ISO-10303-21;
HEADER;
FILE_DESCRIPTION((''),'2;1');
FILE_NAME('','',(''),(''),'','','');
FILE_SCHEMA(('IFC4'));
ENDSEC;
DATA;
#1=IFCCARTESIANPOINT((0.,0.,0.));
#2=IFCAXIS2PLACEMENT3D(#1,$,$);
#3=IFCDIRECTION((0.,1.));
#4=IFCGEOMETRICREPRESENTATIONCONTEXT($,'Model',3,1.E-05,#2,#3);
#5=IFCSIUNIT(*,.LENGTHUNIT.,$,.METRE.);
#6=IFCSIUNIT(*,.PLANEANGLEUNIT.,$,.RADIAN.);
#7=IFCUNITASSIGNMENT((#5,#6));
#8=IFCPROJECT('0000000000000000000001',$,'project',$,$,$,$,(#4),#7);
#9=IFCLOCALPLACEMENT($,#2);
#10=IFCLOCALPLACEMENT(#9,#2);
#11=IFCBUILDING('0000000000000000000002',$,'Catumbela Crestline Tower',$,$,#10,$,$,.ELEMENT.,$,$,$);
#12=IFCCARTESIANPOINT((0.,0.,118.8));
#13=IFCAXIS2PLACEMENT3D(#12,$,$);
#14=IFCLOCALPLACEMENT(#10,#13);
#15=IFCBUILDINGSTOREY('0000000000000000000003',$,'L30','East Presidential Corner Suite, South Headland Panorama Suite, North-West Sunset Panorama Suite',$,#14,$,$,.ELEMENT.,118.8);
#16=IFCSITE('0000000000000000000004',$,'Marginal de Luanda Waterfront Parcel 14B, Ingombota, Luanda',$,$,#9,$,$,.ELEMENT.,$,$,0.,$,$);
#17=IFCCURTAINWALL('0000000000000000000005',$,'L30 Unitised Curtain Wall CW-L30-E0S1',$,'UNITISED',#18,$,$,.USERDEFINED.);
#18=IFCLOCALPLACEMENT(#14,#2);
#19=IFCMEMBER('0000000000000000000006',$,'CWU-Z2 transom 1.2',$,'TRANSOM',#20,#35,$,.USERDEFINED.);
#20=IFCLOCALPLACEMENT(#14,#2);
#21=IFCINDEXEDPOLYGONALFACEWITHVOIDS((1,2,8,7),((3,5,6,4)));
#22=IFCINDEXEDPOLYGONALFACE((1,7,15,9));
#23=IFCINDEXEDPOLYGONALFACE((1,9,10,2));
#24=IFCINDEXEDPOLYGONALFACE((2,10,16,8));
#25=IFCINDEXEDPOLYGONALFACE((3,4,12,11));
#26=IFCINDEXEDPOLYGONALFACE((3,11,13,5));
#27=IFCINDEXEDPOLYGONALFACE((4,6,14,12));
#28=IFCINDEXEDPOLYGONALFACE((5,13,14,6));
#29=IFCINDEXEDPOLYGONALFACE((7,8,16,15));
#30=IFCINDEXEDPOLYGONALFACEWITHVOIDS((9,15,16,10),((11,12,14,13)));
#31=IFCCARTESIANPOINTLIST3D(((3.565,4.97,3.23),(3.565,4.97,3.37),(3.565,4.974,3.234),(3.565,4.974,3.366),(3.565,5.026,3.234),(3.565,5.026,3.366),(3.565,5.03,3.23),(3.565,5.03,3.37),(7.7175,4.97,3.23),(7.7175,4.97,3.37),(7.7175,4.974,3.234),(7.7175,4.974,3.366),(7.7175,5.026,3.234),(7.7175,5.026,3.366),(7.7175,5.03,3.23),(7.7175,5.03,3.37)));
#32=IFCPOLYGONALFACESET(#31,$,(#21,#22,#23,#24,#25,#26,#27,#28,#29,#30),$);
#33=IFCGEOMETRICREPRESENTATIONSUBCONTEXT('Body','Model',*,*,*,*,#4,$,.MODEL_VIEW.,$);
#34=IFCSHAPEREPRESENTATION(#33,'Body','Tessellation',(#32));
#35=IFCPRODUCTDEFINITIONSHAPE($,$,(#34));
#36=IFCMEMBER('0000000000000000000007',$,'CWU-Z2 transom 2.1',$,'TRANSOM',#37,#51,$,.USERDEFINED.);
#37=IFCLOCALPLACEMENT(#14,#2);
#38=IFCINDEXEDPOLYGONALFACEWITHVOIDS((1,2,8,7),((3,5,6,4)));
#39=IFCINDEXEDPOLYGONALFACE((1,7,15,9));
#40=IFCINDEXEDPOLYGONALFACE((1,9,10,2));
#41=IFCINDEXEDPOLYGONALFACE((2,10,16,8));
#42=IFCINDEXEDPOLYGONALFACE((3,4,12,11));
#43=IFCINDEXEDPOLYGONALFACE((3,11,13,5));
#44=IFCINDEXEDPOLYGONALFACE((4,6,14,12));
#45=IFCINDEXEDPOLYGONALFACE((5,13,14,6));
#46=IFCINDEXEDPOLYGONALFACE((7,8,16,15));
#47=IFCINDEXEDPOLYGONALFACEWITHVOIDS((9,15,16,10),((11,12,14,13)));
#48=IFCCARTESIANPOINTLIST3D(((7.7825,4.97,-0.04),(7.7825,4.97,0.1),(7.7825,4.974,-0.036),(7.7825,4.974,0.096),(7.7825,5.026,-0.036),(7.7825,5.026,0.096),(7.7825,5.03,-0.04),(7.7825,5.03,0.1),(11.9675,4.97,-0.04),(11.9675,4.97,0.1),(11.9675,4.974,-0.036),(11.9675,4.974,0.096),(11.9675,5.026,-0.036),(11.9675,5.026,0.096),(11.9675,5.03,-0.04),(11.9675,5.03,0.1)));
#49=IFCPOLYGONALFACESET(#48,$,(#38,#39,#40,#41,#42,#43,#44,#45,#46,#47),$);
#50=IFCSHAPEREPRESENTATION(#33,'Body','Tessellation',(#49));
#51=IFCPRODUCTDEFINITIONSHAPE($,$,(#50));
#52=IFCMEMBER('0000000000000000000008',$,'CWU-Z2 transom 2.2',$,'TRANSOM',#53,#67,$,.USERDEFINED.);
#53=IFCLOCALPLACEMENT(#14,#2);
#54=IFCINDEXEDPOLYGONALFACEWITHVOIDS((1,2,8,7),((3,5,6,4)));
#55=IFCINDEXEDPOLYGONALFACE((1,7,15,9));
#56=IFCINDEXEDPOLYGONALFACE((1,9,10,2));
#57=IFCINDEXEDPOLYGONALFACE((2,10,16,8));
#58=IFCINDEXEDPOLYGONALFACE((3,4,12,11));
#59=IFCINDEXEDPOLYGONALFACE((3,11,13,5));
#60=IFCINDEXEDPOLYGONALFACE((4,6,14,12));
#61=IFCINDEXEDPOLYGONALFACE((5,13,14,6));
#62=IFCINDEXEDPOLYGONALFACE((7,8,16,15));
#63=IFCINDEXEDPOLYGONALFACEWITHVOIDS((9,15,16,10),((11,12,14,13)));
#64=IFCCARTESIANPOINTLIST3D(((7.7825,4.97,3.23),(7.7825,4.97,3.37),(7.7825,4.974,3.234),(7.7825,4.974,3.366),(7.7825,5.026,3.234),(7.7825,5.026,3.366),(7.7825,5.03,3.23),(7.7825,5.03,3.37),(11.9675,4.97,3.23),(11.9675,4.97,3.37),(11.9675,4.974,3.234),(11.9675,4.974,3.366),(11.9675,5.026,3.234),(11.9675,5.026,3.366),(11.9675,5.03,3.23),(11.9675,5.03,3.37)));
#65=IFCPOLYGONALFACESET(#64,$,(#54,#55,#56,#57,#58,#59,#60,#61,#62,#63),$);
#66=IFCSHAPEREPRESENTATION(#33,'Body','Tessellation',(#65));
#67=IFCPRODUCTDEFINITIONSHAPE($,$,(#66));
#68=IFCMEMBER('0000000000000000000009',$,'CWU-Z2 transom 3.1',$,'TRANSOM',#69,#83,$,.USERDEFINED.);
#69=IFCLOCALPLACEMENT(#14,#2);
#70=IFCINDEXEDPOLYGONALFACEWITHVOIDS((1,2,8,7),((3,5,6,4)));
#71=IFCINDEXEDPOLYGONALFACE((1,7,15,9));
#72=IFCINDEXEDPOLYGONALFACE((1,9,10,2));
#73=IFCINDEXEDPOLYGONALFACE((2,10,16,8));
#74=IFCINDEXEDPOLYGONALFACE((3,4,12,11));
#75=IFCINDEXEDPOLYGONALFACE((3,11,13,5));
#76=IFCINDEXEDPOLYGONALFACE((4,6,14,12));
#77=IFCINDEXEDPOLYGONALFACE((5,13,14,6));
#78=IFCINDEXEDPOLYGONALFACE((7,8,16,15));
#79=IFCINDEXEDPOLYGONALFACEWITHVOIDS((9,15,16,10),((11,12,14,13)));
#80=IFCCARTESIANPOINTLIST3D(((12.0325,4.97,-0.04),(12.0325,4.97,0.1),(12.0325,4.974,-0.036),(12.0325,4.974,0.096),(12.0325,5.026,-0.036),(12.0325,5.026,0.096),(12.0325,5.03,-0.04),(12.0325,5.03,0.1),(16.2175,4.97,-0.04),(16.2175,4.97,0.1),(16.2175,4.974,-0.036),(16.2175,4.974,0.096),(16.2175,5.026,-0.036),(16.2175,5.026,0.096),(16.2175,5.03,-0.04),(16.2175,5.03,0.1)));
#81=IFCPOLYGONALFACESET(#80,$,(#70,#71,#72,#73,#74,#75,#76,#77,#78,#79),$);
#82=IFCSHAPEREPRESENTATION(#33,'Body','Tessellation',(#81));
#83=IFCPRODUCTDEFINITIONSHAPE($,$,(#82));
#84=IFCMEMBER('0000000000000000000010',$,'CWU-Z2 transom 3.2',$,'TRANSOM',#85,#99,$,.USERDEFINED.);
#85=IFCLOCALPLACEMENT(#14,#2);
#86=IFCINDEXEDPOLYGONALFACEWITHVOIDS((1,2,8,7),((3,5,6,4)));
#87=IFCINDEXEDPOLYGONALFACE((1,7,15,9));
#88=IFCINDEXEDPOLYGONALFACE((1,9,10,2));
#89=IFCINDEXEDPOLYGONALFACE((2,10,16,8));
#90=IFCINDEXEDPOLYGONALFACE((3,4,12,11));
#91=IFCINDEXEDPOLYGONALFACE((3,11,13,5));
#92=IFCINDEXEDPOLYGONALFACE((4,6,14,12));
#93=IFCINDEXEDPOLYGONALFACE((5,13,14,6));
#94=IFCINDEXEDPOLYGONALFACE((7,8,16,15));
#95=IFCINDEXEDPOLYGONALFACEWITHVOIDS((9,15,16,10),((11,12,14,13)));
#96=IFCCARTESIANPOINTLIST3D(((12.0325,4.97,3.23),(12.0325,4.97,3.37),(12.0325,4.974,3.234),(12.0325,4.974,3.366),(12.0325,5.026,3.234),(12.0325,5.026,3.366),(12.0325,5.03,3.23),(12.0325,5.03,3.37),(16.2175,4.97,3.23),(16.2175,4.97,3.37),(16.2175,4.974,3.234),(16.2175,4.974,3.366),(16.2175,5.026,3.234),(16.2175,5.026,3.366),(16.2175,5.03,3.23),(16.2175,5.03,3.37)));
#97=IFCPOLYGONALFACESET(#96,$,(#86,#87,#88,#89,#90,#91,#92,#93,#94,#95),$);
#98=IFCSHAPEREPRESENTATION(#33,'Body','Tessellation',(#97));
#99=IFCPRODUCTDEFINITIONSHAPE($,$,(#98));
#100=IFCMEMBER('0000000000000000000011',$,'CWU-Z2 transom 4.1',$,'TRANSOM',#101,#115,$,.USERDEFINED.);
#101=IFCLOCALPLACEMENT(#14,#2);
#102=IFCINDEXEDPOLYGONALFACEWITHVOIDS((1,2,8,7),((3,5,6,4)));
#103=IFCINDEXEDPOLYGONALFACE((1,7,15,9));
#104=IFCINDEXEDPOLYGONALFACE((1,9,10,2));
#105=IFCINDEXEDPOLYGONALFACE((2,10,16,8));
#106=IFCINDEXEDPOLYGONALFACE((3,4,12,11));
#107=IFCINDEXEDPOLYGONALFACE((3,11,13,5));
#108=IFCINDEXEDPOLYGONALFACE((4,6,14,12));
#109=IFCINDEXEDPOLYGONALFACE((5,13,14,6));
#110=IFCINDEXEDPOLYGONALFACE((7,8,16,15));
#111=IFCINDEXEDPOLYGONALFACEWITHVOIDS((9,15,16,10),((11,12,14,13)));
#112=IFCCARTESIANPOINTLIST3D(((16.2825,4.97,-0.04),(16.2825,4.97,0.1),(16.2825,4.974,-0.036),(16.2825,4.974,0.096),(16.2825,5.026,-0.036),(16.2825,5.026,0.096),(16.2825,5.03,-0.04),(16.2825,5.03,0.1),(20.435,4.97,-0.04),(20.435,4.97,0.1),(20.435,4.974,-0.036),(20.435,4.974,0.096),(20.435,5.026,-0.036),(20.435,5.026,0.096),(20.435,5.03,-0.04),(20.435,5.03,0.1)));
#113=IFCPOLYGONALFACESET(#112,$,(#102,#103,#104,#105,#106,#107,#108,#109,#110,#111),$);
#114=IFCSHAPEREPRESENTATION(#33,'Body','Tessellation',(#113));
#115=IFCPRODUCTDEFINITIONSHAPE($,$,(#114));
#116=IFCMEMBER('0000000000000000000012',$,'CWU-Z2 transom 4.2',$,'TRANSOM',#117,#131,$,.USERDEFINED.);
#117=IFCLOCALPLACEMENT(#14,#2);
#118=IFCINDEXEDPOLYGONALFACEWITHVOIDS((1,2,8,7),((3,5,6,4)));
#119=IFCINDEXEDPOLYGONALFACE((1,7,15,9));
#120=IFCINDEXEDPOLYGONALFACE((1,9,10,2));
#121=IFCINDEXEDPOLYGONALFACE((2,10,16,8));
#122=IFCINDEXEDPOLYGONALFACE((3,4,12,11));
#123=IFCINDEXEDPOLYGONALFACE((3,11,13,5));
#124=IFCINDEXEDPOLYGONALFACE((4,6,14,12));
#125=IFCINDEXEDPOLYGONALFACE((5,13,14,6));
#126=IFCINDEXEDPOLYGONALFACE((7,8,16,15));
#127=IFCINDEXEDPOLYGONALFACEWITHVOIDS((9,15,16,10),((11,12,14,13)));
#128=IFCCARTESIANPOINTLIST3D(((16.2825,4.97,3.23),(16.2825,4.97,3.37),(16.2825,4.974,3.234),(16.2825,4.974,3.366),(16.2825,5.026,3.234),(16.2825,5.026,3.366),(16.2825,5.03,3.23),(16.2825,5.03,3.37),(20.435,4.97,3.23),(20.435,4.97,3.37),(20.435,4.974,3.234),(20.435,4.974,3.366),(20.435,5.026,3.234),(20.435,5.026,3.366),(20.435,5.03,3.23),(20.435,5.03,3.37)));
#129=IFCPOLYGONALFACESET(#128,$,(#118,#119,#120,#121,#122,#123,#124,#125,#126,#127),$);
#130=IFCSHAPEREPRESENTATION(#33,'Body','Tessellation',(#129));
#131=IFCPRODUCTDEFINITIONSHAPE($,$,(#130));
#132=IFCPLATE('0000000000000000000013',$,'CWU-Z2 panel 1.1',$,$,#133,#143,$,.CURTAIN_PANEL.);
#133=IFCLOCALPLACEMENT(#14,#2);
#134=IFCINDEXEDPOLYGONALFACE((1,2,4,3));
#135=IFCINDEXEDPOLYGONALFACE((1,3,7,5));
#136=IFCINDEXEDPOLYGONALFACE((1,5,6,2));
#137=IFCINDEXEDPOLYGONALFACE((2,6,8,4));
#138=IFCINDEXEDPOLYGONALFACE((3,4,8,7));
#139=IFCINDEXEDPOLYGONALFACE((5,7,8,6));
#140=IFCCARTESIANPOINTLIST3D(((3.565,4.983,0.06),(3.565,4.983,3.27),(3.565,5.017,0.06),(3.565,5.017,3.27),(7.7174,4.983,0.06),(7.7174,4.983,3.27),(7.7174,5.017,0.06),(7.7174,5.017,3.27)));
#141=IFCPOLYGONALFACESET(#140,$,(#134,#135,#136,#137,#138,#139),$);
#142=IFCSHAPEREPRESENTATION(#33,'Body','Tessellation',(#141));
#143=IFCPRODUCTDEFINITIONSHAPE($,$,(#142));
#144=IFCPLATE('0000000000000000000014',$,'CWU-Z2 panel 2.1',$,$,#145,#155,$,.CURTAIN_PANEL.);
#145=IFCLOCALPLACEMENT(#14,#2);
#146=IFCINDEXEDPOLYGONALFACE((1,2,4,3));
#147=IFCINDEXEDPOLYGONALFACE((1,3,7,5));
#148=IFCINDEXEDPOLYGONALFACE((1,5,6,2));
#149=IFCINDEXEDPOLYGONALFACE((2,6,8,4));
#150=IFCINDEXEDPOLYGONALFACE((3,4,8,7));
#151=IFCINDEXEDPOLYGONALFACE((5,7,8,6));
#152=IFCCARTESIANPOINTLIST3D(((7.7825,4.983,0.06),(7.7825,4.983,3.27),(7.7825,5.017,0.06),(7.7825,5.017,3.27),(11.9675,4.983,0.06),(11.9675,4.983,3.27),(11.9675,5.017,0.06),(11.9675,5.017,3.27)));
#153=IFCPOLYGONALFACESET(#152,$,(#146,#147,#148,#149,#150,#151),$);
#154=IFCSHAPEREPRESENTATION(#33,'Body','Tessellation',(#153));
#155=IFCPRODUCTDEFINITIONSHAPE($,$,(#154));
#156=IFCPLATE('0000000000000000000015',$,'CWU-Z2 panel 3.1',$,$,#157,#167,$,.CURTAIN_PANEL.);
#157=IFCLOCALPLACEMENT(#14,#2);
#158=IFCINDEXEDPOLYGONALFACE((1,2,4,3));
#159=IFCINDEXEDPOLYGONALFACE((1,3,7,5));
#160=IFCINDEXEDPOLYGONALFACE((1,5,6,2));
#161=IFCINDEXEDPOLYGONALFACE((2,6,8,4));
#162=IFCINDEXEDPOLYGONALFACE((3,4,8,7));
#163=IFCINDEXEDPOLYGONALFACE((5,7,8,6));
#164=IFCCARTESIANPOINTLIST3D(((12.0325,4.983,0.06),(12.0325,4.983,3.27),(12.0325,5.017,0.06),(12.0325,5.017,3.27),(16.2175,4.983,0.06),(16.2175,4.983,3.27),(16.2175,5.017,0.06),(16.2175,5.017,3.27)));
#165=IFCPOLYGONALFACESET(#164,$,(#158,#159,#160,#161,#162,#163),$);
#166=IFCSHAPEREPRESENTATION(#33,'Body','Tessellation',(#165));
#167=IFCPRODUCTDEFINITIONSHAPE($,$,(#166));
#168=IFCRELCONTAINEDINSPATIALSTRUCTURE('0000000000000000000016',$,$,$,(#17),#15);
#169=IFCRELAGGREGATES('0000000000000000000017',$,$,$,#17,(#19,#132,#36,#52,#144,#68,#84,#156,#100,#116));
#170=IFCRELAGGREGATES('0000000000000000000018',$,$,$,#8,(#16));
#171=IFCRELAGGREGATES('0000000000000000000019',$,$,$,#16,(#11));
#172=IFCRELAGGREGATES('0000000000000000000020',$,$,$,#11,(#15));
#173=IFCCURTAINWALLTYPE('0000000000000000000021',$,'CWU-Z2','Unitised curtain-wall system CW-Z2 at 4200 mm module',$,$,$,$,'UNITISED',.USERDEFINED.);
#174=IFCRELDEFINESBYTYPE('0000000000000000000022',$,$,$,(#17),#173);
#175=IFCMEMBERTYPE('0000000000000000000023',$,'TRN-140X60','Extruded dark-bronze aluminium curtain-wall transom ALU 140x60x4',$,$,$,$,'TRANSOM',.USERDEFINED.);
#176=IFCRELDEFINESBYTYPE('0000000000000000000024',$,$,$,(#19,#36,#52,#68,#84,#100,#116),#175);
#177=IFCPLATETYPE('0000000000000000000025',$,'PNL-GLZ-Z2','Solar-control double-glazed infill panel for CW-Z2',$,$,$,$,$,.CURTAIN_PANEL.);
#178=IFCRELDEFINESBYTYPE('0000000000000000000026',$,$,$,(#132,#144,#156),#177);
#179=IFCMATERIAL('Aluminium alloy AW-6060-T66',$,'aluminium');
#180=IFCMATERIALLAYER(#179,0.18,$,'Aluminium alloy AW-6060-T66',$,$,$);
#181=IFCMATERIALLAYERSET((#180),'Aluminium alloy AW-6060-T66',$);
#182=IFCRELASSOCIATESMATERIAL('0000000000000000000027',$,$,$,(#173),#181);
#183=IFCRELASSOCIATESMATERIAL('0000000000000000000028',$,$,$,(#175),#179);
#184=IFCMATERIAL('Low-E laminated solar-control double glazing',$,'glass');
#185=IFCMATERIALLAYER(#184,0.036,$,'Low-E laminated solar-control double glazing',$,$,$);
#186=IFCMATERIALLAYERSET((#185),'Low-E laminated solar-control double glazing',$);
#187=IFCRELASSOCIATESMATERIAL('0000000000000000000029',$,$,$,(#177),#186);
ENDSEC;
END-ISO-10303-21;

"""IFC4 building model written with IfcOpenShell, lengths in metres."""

from ifc_helpers import new_model, si_unit, direction, frame, origin, origin_2d, place, context, subcontext, project, spatial, rectangle, hollow_rectangle, extrude, material, layer, layer_set, material_profile, profile_set, type_object, element, aggregate, save


model = new_model("IFC4")

# Units and contexts
model_context = context("Model", 3, precision=1e-05, world=origin(), true_north=direction((0.0, 1.0)))
body_context = subcontext(model_context, "Body", "Model", "MODEL_VIEW")
ifc_project = project(units=[si_unit("LENGTHUNIT", "METRE"), si_unit("PLANEANGLEUNIT", "RADIAN")], contexts=[model_context])

# Site, building, storey
site_placement = place(None, origin())
site = spatial("IfcSite", under=ifc_project, at=site_placement, Name="Marginal de Luanda Waterfront Parcel 14B, Ingombota, Luanda", CompositionType="ELEMENT", RefElevation=0.0)
building_placement = place(site_placement, origin())
building = spatial("IfcBuilding", under=site, at=building_placement, Name="Catumbela Crestline Tower", CompositionType="ELEMENT")
storey_placement = place(building_placement, frame((0.0, 0.0, 118.8)))
storey = spatial("IfcBuildingStorey", under=building, at=storey_placement, Name="L30", Description="East Presidential Corner Suite, South Headland Panorama Suite, North-West Sunset Panorama Suite", CompositionType="ELEMENT", Elevation=118.8)

# Curtain wall, members, plates
ifc_material_1 = material(Name="Aluminium alloy AW-6060-T66", Category="aluminium")
ifc_layer_1 = layer(ifc_material_1, 0.18, Name="Aluminium alloy AW-6060-T66")
ifc_layer_set_1 = layer_set([ifc_layer_1], Name="Aluminium alloy AW-6060-T66")
curtain_wall_type = type_object("IfcCurtainWallType", Name="CWU-Z2", Description="Unitised curtain-wall system CW-Z2 at 4200 mm module", ElementType="UNITISED", PredefinedType="USERDEFINED", material=ifc_layer_set_1)
curtain_wall_placement = place(storey_placement, origin())
curtain_wall = element("IfcCurtainWall", 1, at=curtain_wall_placement, inside=storey, type_object=curtain_wall_type, Name="L30 Unitised Curtain Wall CW-L30-E0S1", ObjectType="UNITISED", PredefinedType="USERDEFINED")
ifc_material_profile_1 = material_profile(ifc_material_1, hollow_rectangle(XDim=0.06, YDim=0.14, WallThickness=0.004, at=origin_2d()), Name="ALU 140x60x4")
ifc_profile_set_1 = profile_set([ifc_material_profile_1], Name="Aluminium alloy AW-6060-T66")
member_type_1 = type_object("IfcMemberType", Name="TRN-140X60", Description="Extruded dark-bronze aluminium curtain-wall transom ALU 140x60x4", ElementType="TRANSOM", PredefinedType="USERDEFINED", material=ifc_profile_set_1)
member_1_placement = place(storey_placement, frame((3.565, 5.0, 3.3), z_axis=(1.0, 0.0, 0.0), x_axis=(0.0, 1.0, 0.0)))
member_1 = element("IfcMember", 2, at=member_1_placement, type_object=member_type_1, Name="CWU-Z2 transom 1.2", ObjectType="TRANSOM", PredefinedType="USERDEFINED", context=body_context, shape_type="SweptSolid", body=[
    extrude(hollow_rectangle(XDim=0.06, YDim=0.14, WallThickness=0.004, at=origin_2d()), origin(), (0.0, 0.0, 1.0), 4.1525),
])
member_2_placement = place(storey_placement, frame((7.7825, 5.0, 0.03), z_axis=(1.0, 0.0, 0.0), x_axis=(0.0, 1.0, 0.0)))
member_2 = element("IfcMember", 3, at=member_2_placement, type_object=member_type_1, Name="CWU-Z2 transom 2.1", ObjectType="TRANSOM", PredefinedType="USERDEFINED", context=body_context, shape_type="SweptSolid", body=[
    extrude(hollow_rectangle(XDim=0.06, YDim=0.14, WallThickness=0.004, at=origin_2d()), origin(), (0.0, 0.0, 1.0), 4.185),
])
member_3_placement = place(storey_placement, frame((7.7825, 5.0, 3.3), z_axis=(1.0, 0.0, 0.0), x_axis=(0.0, 1.0, 0.0)))
member_3 = element("IfcMember", 4, at=member_3_placement, type_object=member_type_1, Name="CWU-Z2 transom 2.2", ObjectType="TRANSOM", PredefinedType="USERDEFINED", context=body_context, shape_type="SweptSolid", body=[
    extrude(hollow_rectangle(XDim=0.06, YDim=0.14, WallThickness=0.004, at=origin_2d()), origin(), (0.0, 0.0, 1.0), 4.185),
])
member_4_placement = place(storey_placement, frame((12.0325, 5.0, 0.03), z_axis=(1.0, 0.0, 0.0), x_axis=(0.0, 1.0, 0.0)))
member_4 = element("IfcMember", 5, at=member_4_placement, type_object=member_type_1, Name="CWU-Z2 transom 3.1", ObjectType="TRANSOM", PredefinedType="USERDEFINED", context=body_context, shape_type="SweptSolid", body=[
    extrude(hollow_rectangle(XDim=0.06, YDim=0.14, WallThickness=0.004, at=origin_2d()), origin(), (0.0, 0.0, 1.0), 4.185),
])
member_5_placement = place(storey_placement, frame((12.0325, 5.0, 3.3), z_axis=(1.0, 0.0, 0.0), x_axis=(0.0, 1.0, 0.0)))
member_5 = element("IfcMember", 6, at=member_5_placement, type_object=member_type_1, Name="CWU-Z2 transom 3.2", ObjectType="TRANSOM", PredefinedType="USERDEFINED", context=body_context, shape_type="SweptSolid", body=[
    extrude(hollow_rectangle(XDim=0.06, YDim=0.14, WallThickness=0.004, at=origin_2d()), origin(), (0.0, 0.0, 1.0), 4.185),
])
member_6_placement = place(storey_placement, frame((16.2825, 5.0, 0.03), z_axis=(1.0, 0.0, 0.0), x_axis=(0.0, 1.0, 0.0)))
member_6 = element("IfcMember", 7, at=member_6_placement, type_object=member_type_1, Name="CWU-Z2 transom 4.1", ObjectType="TRANSOM", PredefinedType="USERDEFINED", context=body_context, shape_type="SweptSolid", body=[
    extrude(hollow_rectangle(XDim=0.06, YDim=0.14, WallThickness=0.004, at=origin_2d()), origin(), (0.0, 0.0, 1.0), 4.1525),
])
member_7_placement = place(storey_placement, frame((16.2825, 5.0, 3.3), z_axis=(1.0, 0.0, 0.0), x_axis=(0.0, 1.0, 0.0)))
member_7 = element("IfcMember", 8, at=member_7_placement, type_object=member_type_1, Name="CWU-Z2 transom 4.2", ObjectType="TRANSOM", PredefinedType="USERDEFINED", context=body_context, shape_type="SweptSolid", body=[
    extrude(hollow_rectangle(XDim=0.06, YDim=0.14, WallThickness=0.004, at=origin_2d()), origin(), (0.0, 0.0, 1.0), 4.1525),
])
ifc_material_2 = material(Name="Low-E laminated solar-control double glazing", Category="glass")
ifc_layer_2 = layer(ifc_material_2, 0.036, Name="Low-E laminated solar-control double glazing")
ifc_layer_set_2 = layer_set([ifc_layer_2], Name="Low-E laminated solar-control double glazing")
plate_type = type_object("IfcPlateType", Name="PNL-GLZ-Z2", Description="Solar-control double-glazed infill panel for CW-Z2", PredefinedType="CURTAIN_PANEL", material=ifc_layer_set_2)
plate_1_placement = place(storey_placement, frame((5.6412, 5.0, 0.06), z_axis=(0.0, 0.0, 1.0), x_axis=(1.0, 0.0, 0.0)))
plate_1 = element("IfcPlate", 9, at=plate_1_placement, type_object=plate_type, Name="CWU-Z2 panel 1.1", PredefinedType="CURTAIN_PANEL", context=body_context, shape_type="SweptSolid", body=[
    extrude(rectangle(XDim=4.1525, YDim=0.034, at=origin_2d()), origin(), (0.0, 0.0, 1.0), 3.21),
])
plate_2_placement = place(storey_placement, frame((9.875, 5.0, 0.06), z_axis=(0.0, 0.0, 1.0), x_axis=(1.0, 0.0, 0.0)))
plate_2 = element("IfcPlate", 10, at=plate_2_placement, type_object=plate_type, Name="CWU-Z2 panel 2.1", PredefinedType="CURTAIN_PANEL", context=body_context, shape_type="SweptSolid", body=[
    extrude(rectangle(XDim=4.185, YDim=0.034, at=origin_2d()), origin(), (0.0, 0.0, 1.0), 3.21),
])
plate_3_placement = place(storey_placement, frame((14.125, 5.0, 0.06), z_axis=(0.0, 0.0, 1.0), x_axis=(1.0, 0.0, 0.0)))
plate_3 = element("IfcPlate", 11, at=plate_3_placement, type_object=plate_type, Name="CWU-Z2 panel 3.1", PredefinedType="CURTAIN_PANEL", context=body_context, shape_type="SweptSolid", body=[
    extrude(rectangle(XDim=4.185, YDim=0.034, at=origin_2d()), origin(), (0.0, 0.0, 1.0), 3.21),
])
aggregate(curtain_wall, [member_1, plate_1, member_2, member_3, plate_2, member_4, member_5, plate_3, member_6, member_7])

save(model, "model.ifc")
